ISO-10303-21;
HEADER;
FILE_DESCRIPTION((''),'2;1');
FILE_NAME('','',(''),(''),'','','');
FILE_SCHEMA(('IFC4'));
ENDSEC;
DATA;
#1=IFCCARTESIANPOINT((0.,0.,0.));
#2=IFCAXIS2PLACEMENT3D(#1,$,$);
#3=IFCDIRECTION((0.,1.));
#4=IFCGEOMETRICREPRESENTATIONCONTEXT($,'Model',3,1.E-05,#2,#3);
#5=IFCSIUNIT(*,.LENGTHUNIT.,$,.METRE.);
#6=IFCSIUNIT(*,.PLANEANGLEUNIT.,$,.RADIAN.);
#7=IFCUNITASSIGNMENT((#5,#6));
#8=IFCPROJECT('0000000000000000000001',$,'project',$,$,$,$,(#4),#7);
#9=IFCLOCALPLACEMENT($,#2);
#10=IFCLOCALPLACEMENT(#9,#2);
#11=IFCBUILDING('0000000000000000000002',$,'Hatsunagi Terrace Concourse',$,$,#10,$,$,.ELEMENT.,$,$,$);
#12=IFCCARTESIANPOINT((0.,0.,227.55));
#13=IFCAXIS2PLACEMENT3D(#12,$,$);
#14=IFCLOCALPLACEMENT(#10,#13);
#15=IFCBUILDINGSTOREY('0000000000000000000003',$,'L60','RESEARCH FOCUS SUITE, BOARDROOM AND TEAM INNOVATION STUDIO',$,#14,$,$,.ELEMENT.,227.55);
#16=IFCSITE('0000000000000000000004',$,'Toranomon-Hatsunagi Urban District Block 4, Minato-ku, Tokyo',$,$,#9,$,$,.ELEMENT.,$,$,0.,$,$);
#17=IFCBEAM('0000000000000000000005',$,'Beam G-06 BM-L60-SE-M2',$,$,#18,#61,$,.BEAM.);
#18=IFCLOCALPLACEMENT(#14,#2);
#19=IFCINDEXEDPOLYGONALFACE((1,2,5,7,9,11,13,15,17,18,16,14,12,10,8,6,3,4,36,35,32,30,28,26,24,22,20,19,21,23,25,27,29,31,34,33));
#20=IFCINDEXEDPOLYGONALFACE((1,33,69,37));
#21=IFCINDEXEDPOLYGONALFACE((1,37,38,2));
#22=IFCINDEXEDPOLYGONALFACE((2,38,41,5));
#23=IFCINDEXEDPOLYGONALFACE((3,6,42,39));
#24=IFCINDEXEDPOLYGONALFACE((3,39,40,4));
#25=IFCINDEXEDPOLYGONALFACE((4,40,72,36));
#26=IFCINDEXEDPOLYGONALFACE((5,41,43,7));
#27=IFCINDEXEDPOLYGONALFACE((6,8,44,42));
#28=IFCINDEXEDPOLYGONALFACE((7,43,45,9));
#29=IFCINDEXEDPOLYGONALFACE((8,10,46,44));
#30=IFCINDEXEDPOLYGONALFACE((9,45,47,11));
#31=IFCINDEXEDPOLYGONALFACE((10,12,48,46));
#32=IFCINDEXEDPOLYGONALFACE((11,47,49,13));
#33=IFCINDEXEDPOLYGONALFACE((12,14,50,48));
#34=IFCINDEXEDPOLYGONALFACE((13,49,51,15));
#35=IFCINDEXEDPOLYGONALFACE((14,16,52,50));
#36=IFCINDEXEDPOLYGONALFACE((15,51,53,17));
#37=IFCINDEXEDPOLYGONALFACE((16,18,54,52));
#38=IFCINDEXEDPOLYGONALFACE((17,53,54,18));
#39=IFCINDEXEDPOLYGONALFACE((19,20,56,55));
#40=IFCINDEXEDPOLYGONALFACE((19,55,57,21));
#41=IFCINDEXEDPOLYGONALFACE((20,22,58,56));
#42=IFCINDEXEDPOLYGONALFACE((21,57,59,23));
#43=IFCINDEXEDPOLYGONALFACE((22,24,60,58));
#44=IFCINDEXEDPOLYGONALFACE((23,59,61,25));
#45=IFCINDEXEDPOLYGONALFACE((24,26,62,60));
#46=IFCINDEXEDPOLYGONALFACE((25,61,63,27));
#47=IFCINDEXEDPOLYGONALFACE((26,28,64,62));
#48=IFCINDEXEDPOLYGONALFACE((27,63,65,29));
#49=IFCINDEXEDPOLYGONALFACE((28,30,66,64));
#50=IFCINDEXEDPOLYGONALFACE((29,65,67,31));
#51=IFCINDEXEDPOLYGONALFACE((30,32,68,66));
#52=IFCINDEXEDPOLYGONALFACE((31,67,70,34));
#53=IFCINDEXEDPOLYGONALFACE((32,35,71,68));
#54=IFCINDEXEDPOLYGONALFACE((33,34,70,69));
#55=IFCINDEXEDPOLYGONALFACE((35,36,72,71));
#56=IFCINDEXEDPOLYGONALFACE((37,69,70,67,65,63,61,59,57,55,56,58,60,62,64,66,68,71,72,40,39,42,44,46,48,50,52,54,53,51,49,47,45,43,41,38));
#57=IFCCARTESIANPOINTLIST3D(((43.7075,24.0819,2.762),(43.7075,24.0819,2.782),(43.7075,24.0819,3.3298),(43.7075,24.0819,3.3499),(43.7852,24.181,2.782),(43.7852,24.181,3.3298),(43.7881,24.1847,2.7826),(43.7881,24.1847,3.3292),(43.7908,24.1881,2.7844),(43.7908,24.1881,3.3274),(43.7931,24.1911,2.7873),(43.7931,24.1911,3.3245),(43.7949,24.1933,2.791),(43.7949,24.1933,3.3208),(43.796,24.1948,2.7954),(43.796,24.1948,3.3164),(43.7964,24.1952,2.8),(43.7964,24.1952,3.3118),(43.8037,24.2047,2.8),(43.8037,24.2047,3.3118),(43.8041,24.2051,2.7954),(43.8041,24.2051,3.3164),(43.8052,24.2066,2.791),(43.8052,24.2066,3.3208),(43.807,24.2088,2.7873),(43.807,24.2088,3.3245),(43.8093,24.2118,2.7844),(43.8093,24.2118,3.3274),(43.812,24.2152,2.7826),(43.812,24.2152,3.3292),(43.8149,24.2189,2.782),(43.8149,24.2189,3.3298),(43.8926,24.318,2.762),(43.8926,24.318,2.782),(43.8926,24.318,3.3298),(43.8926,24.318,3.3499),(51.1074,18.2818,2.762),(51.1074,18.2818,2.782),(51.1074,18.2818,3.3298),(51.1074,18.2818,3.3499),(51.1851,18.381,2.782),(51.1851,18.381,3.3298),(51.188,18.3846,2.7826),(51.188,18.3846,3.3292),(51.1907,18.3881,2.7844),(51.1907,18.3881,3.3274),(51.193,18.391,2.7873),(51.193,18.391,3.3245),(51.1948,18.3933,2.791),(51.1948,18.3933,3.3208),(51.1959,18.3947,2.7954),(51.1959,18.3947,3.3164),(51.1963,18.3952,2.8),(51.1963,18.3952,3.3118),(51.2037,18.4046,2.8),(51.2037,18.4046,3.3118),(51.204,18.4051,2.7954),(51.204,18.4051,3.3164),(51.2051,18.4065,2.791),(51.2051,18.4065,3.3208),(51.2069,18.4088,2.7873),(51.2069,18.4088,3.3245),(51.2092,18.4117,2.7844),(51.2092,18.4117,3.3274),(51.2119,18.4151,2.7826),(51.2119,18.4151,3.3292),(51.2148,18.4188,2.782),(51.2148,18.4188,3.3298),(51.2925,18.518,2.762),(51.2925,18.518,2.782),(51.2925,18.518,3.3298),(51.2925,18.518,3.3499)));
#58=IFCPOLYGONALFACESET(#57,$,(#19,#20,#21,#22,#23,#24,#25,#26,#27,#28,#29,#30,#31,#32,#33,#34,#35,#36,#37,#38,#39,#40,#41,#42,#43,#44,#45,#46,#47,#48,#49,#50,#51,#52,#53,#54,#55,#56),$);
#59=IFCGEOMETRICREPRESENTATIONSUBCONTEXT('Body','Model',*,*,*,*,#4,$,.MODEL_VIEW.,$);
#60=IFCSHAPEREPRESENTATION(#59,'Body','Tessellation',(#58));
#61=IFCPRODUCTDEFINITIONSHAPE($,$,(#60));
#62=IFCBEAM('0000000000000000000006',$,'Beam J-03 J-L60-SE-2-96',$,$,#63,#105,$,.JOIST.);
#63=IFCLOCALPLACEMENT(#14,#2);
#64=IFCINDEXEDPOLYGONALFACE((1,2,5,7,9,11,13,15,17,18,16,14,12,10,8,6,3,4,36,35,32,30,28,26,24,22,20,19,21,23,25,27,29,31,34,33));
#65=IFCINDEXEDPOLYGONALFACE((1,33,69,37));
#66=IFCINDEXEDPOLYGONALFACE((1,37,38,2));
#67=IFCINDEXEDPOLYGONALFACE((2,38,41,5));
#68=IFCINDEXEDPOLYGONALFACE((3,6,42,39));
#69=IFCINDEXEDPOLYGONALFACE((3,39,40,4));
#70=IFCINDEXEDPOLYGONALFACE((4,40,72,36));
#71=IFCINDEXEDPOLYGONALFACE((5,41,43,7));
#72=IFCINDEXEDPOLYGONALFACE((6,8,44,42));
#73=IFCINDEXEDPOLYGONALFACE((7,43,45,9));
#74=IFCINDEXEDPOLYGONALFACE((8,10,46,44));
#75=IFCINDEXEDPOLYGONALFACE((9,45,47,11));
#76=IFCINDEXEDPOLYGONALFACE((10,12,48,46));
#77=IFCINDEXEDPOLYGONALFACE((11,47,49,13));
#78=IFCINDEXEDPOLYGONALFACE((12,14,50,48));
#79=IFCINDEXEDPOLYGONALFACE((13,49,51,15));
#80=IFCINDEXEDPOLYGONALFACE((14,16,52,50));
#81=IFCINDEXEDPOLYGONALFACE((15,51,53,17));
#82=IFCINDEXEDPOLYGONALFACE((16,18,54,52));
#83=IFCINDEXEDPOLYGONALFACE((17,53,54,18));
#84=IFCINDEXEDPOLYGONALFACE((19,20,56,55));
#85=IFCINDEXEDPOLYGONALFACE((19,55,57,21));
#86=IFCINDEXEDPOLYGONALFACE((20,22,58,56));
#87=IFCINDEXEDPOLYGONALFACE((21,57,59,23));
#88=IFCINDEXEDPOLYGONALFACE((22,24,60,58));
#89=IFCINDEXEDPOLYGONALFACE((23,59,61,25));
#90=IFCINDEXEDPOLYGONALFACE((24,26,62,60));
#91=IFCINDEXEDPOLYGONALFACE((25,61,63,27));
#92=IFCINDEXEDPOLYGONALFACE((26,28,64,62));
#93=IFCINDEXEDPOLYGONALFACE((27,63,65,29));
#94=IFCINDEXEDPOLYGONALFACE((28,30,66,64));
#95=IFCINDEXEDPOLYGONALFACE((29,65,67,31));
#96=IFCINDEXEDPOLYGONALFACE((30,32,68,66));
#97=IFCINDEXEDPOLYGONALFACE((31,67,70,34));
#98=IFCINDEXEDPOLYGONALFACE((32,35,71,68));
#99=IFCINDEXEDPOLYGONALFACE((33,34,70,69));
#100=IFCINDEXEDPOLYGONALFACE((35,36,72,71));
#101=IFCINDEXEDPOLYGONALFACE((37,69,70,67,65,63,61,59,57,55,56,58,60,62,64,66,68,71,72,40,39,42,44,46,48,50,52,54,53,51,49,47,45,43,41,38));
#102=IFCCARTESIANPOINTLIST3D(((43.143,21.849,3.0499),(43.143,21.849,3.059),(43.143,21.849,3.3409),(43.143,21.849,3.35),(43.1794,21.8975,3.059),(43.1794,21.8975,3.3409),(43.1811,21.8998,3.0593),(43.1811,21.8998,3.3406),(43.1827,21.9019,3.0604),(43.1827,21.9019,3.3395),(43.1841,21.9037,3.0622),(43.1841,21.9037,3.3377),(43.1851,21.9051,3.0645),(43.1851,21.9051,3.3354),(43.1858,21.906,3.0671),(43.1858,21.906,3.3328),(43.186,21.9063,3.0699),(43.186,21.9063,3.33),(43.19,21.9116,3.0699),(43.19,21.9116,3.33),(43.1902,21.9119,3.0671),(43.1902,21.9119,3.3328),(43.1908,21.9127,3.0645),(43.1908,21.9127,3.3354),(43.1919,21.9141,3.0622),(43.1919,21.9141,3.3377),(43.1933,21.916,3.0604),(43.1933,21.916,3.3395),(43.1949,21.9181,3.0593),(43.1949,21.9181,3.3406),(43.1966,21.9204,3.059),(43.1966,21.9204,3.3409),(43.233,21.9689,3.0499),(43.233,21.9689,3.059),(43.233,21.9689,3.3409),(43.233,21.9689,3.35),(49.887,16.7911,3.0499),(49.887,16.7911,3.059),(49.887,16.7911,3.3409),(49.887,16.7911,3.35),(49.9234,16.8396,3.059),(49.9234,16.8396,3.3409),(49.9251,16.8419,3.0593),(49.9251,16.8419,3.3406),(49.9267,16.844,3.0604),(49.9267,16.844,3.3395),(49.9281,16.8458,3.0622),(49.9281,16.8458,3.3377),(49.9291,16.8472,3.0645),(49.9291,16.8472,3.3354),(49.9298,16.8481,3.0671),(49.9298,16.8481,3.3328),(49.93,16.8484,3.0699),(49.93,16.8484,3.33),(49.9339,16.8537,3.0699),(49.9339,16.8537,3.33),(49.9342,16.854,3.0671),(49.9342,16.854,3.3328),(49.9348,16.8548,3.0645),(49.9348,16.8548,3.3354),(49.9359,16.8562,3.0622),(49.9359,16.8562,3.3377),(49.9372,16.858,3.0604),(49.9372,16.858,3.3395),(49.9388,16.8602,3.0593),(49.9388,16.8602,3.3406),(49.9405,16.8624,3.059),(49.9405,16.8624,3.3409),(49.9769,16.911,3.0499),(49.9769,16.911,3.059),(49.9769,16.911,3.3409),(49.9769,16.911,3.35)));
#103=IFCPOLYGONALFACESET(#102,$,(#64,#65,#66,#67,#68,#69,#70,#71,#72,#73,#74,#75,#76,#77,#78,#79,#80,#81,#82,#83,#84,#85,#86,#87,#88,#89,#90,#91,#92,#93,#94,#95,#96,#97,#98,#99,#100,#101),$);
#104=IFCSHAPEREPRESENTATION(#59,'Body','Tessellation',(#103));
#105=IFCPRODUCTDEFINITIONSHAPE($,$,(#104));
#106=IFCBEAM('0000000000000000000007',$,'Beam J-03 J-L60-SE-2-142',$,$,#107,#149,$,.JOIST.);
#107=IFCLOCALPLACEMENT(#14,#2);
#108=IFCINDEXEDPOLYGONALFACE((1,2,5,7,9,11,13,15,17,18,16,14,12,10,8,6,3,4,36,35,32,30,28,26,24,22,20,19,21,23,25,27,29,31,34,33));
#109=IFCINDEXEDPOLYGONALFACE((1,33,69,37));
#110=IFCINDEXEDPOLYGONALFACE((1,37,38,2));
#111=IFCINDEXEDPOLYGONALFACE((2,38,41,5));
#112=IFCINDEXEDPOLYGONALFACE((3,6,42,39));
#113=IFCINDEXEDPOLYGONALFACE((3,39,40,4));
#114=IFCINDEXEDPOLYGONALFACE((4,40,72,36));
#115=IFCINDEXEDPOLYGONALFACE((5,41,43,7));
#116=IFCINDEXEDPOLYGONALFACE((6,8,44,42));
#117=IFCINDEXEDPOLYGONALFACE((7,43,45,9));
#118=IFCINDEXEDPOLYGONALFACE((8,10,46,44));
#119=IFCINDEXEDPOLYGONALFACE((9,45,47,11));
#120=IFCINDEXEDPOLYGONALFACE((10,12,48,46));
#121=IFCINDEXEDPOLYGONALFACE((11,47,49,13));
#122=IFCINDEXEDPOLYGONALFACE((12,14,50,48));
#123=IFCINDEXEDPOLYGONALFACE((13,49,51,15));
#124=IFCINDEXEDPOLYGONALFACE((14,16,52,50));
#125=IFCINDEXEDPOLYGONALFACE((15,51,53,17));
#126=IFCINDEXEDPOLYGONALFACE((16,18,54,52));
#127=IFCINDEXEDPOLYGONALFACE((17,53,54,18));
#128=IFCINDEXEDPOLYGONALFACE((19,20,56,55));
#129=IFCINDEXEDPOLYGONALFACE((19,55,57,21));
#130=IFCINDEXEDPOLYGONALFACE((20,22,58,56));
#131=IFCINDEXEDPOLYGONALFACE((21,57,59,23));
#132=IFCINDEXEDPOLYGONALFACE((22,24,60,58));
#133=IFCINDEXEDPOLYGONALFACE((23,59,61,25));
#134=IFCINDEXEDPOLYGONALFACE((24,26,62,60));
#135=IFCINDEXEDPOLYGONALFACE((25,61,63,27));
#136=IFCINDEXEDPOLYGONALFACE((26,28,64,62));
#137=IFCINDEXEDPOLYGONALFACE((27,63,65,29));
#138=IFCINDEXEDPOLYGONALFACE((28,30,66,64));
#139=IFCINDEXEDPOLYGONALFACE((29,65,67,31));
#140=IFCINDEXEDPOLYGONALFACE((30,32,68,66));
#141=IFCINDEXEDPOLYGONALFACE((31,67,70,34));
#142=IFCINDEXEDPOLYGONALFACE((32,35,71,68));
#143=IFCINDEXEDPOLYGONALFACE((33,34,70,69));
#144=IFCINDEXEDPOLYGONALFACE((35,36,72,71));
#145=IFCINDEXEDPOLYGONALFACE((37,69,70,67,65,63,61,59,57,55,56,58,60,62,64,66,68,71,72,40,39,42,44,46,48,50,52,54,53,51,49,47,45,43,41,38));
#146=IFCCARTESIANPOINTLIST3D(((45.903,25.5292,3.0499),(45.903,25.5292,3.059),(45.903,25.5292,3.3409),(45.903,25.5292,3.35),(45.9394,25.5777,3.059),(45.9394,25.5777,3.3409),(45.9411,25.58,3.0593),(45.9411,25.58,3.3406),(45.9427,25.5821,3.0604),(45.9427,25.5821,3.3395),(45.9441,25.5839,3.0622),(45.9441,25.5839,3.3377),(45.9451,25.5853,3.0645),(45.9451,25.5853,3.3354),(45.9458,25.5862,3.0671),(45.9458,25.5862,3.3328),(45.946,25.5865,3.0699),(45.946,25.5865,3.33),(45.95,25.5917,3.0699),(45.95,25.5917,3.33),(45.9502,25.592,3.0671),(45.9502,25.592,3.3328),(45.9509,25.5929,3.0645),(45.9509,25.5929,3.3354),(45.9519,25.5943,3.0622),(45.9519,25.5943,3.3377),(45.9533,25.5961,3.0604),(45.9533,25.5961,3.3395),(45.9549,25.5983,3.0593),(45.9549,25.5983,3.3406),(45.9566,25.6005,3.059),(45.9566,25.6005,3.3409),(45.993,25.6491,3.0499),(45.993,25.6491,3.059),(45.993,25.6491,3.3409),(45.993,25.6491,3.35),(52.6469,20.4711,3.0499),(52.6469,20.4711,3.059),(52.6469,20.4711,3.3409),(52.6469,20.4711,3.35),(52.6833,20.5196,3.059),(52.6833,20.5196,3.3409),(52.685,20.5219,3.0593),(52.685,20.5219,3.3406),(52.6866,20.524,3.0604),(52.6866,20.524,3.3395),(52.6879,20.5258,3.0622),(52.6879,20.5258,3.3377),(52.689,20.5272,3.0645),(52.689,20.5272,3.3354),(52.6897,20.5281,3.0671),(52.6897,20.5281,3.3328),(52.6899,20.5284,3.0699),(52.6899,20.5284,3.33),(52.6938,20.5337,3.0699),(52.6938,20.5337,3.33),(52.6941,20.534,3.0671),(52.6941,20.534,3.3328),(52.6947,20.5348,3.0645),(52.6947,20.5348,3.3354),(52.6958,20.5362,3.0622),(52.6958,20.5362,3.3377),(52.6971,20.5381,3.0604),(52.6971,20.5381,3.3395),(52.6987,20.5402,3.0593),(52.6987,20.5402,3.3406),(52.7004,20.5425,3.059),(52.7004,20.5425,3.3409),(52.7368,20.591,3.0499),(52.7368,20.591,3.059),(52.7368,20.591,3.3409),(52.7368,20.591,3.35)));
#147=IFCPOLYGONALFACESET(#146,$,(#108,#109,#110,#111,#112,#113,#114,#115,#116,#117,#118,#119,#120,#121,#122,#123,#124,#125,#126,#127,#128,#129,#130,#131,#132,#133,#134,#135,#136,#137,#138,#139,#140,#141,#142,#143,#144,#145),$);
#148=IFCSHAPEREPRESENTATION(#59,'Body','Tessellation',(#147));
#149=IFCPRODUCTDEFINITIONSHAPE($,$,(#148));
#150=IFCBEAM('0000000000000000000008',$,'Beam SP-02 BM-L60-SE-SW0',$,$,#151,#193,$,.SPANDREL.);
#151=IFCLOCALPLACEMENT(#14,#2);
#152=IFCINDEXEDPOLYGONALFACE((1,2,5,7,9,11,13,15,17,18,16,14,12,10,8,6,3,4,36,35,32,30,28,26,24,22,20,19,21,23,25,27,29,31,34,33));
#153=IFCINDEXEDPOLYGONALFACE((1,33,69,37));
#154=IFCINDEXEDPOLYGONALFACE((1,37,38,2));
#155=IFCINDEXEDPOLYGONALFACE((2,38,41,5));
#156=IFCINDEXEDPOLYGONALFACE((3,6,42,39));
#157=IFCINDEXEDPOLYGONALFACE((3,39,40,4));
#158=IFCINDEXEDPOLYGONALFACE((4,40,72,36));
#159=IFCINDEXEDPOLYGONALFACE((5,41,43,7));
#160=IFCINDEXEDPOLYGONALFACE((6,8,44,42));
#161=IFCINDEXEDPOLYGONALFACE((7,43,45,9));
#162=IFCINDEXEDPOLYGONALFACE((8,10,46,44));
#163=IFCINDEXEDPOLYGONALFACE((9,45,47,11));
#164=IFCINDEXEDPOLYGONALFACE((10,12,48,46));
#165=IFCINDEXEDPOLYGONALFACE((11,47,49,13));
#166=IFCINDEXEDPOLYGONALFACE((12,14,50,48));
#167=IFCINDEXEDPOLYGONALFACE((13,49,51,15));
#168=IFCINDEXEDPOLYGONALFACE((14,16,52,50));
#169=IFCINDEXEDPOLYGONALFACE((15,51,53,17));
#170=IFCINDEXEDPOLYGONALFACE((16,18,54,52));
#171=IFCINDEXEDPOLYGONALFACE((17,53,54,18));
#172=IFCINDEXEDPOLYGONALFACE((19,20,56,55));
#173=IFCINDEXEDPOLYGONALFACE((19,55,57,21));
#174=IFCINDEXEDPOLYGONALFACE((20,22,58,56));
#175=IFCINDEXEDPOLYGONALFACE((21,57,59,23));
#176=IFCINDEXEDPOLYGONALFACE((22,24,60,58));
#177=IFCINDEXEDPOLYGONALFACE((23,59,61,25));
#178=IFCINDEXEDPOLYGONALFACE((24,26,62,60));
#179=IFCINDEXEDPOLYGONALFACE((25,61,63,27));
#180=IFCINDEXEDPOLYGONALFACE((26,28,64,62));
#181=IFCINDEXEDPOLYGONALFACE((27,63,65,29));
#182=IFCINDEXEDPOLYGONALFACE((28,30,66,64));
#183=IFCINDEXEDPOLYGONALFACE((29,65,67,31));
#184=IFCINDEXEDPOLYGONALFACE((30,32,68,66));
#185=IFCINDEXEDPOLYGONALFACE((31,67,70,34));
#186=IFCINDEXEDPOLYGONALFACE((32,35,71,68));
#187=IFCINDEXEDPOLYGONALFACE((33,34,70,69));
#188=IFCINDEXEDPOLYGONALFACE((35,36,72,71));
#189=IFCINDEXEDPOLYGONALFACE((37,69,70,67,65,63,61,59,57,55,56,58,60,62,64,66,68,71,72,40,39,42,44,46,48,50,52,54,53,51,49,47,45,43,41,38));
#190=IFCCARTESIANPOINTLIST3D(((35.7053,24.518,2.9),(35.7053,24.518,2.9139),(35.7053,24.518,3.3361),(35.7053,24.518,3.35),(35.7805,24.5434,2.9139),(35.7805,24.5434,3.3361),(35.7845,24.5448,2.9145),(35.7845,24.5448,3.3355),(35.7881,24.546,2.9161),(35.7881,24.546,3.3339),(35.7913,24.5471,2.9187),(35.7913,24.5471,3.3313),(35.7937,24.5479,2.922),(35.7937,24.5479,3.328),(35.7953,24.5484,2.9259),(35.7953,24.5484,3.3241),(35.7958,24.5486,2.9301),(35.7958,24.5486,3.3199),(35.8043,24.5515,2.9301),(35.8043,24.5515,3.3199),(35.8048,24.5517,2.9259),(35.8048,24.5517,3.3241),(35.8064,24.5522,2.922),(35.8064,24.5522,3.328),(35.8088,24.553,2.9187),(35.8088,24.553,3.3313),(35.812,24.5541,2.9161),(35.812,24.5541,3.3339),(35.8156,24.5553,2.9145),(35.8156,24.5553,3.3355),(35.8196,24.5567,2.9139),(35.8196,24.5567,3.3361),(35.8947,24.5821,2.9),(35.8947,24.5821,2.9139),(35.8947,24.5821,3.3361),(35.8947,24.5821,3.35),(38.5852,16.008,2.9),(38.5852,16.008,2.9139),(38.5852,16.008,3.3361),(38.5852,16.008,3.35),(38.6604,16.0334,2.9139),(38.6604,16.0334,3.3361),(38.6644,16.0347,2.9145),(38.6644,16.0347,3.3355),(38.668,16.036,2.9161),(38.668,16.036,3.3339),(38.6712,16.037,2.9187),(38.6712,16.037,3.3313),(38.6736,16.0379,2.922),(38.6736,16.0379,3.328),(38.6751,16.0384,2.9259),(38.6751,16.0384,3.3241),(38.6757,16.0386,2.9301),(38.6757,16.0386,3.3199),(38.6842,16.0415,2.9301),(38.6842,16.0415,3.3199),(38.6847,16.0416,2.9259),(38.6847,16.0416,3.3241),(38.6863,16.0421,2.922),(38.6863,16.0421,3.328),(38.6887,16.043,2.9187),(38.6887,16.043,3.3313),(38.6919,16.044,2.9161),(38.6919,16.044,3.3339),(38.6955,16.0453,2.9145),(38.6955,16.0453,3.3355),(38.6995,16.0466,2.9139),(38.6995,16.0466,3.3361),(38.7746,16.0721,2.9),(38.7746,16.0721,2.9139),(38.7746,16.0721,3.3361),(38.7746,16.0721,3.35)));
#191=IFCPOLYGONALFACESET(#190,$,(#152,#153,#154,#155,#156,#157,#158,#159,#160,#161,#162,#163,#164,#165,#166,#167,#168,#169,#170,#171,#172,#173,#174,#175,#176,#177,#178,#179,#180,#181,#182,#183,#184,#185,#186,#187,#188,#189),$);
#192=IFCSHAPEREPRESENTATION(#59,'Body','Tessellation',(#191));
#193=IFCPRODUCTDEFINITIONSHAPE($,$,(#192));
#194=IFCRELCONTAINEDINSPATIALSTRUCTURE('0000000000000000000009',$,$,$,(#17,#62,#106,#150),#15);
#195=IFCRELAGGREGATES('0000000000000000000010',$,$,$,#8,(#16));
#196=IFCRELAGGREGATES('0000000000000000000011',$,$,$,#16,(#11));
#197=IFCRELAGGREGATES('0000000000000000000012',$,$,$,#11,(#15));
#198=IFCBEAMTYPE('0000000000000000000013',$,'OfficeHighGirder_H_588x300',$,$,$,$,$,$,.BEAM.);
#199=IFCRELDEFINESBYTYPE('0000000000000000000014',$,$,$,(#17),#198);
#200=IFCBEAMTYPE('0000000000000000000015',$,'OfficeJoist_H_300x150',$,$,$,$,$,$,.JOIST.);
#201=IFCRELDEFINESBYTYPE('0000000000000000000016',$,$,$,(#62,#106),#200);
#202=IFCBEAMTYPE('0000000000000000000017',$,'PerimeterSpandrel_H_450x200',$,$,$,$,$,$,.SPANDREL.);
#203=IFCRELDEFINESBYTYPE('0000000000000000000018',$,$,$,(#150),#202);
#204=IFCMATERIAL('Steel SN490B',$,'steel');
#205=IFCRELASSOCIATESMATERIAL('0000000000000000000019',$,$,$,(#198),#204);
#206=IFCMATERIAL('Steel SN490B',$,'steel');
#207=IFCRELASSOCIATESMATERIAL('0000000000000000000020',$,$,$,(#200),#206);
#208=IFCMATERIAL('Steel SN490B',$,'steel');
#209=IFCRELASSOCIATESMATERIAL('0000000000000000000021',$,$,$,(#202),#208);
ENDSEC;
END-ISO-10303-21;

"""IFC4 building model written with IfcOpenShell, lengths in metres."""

from ifc_helpers import new_model, si_unit, direction, frame, origin, origin_2d, place, context, subcontext, project, spatial, i_section, extrude, material, material_profile, profile_set, type_object, element, save


model = new_model("IFC4")

# Units and contexts
model_context = context("Model", 3, precision=1e-05, world=origin(), true_north=direction((0.0, 1.0)))
body_context = subcontext(model_context, "Body", "Model", "MODEL_VIEW")
ifc_project = project(units=[si_unit("LENGTHUNIT", "METRE"), si_unit("PLANEANGLEUNIT", "RADIAN")], contexts=[model_context])

# Site, building, storey
site_placement = place(None, origin())
site = spatial("IfcSite", under=ifc_project, at=site_placement, Name="Toranomon-Hatsunagi Urban District Block 4, Minato-ku, Tokyo", CompositionType="ELEMENT", RefElevation=0.0)
building_placement = place(site_placement, origin())
building = spatial("IfcBuilding", under=site, at=building_placement, Name="Hatsunagi Terrace Concourse", CompositionType="ELEMENT")
storey_placement = place(building_placement, frame((0.0, 0.0, 227.55)))
storey = spatial("IfcBuildingStorey", under=building, at=storey_placement, Name="L60", Description="RESEARCH FOCUS SUITE, BOARDROOM AND TEAM INNOVATION STUDIO", CompositionType="ELEMENT", Elevation=227.55)

# Beams
ifc_material_1 = material(Name="Steel SN490B", Category="steel")
ifc_material_profile_1 = material_profile(ifc_material_1, i_section(OverallWidth=0.3, OverallDepth=0.5879, WebThickness=0.012, FlangeThickness=0.02, FilletRadius=0.0181, at=origin_2d()), Name="H-588x300x12x20")
ifc_profile_set_1 = profile_set([ifc_material_profile_1], Name="Steel SN490B")
beam_type_1 = type_object("IfcBeamType", Name="OfficeHighGirder_H_588x300", PredefinedType="BEAM", material=ifc_profile_set_1)
beam_1_placement = place(storey_placement, frame((43.8, 24.2, 3.0559), z_axis=(0.787049, -0.61689, 0.0), x_axis=(0.61689, 0.787049, 0.0)))
element("IfcBeam", 1, at=beam_1_placement, inside=storey, type_object=beam_type_1, Name="Beam G-06 BM-L60-SE-M2", PredefinedType="BEAM", context=body_context, shape_type="SweptSolid", body=[
    extrude(i_section(OverallWidth=0.3, OverallDepth=0.5879, WebThickness=0.012, FlangeThickness=0.02, FilletRadius=0.0181, at=origin_2d()), origin(), (0.0, 0.0, 1.0), 9.4021),
])
ifc_material_2 = material(Name="Steel SN490B", Category="steel")
ifc_material_profile_2 = material_profile(ifc_material_2, i_section(OverallWidth=0.1499, OverallDepth=0.3, WebThickness=0.0066, FlangeThickness=0.009, FilletRadius=0.011, at=origin_2d()), Name="H-300x150x6.5x9")
ifc_profile_set_2 = profile_set([ifc_material_profile_2], Name="Steel SN490B")
beam_type_2 = type_object("IfcBeamType", Name="OfficeJoist_H_300x150", PredefinedType="JOIST", material=ifc_profile_set_2)
for number, where, z_axis, x_axis, name in (
    (2, (43.188, 21.9089, 3.2), (0.800003, -0.599995, 0.0), (0.599995, 0.800003, 0.0), "Beam J-03 J-L60-SE-2-96"),
    (3, (45.948, 25.5891, 3.2), (0.79999, -0.600014, 0.0), (0.600014, 0.79999, 0.0), "Beam J-03 J-L60-SE-2-142"),
):
    element("IfcBeam", number, at=place(storey_placement, frame(where, z_axis=z_axis, x_axis=x_axis)), inside=storey, type_object=beam_type_2, Name=name, PredefinedType="JOIST", context=body_context, shape_type="SweptSolid", body=[
        extrude(i_section(OverallWidth=0.1499, OverallDepth=0.3, WebThickness=0.0066, FlangeThickness=0.009, FilletRadius=0.011, at=origin_2d()), origin(), (0.0, 0.0, 1.0), 8.4299),
    ])
ifc_material_3 = material(Name="Steel SN490B", Category="steel")
ifc_material_profile_3 = material_profile(ifc_material_3, i_section(OverallWidth=0.2, OverallDepth=0.45, WebThickness=0.009, FlangeThickness=0.0139, FilletRadius=0.0161, at=origin_2d()), Name="H-450x200x9x14")
ifc_profile_set_3 = profile_set([ifc_material_profile_3], Name="Steel SN490B")
beam_type_3 = type_object("IfcBeamType", Name="PerimeterSpandrel_H_450x200", PredefinedType="SPANDREL", material=ifc_profile_set_3)
beam_2_placement = place(storey_placement, frame((35.8, 24.55, 3.125), z_axis=(0.320553, -0.94723, 0.0), x_axis=(0.94723, 0.320553, 0.0)))
element("IfcBeam", 4, at=beam_2_placement, inside=storey, type_object=beam_type_3, Name="Beam SP-02 BM-L60-SE-SW0", PredefinedType="SPANDREL", context=body_context, shape_type="SweptSolid", body=[
    extrude(i_section(OverallWidth=0.2, OverallDepth=0.45, WebThickness=0.009, FlangeThickness=0.0139, FilletRadius=0.0161, at=origin_2d()), origin(), (0.0, 0.0, 1.0), 8.9841),
])

save(model, "model.ifc")
